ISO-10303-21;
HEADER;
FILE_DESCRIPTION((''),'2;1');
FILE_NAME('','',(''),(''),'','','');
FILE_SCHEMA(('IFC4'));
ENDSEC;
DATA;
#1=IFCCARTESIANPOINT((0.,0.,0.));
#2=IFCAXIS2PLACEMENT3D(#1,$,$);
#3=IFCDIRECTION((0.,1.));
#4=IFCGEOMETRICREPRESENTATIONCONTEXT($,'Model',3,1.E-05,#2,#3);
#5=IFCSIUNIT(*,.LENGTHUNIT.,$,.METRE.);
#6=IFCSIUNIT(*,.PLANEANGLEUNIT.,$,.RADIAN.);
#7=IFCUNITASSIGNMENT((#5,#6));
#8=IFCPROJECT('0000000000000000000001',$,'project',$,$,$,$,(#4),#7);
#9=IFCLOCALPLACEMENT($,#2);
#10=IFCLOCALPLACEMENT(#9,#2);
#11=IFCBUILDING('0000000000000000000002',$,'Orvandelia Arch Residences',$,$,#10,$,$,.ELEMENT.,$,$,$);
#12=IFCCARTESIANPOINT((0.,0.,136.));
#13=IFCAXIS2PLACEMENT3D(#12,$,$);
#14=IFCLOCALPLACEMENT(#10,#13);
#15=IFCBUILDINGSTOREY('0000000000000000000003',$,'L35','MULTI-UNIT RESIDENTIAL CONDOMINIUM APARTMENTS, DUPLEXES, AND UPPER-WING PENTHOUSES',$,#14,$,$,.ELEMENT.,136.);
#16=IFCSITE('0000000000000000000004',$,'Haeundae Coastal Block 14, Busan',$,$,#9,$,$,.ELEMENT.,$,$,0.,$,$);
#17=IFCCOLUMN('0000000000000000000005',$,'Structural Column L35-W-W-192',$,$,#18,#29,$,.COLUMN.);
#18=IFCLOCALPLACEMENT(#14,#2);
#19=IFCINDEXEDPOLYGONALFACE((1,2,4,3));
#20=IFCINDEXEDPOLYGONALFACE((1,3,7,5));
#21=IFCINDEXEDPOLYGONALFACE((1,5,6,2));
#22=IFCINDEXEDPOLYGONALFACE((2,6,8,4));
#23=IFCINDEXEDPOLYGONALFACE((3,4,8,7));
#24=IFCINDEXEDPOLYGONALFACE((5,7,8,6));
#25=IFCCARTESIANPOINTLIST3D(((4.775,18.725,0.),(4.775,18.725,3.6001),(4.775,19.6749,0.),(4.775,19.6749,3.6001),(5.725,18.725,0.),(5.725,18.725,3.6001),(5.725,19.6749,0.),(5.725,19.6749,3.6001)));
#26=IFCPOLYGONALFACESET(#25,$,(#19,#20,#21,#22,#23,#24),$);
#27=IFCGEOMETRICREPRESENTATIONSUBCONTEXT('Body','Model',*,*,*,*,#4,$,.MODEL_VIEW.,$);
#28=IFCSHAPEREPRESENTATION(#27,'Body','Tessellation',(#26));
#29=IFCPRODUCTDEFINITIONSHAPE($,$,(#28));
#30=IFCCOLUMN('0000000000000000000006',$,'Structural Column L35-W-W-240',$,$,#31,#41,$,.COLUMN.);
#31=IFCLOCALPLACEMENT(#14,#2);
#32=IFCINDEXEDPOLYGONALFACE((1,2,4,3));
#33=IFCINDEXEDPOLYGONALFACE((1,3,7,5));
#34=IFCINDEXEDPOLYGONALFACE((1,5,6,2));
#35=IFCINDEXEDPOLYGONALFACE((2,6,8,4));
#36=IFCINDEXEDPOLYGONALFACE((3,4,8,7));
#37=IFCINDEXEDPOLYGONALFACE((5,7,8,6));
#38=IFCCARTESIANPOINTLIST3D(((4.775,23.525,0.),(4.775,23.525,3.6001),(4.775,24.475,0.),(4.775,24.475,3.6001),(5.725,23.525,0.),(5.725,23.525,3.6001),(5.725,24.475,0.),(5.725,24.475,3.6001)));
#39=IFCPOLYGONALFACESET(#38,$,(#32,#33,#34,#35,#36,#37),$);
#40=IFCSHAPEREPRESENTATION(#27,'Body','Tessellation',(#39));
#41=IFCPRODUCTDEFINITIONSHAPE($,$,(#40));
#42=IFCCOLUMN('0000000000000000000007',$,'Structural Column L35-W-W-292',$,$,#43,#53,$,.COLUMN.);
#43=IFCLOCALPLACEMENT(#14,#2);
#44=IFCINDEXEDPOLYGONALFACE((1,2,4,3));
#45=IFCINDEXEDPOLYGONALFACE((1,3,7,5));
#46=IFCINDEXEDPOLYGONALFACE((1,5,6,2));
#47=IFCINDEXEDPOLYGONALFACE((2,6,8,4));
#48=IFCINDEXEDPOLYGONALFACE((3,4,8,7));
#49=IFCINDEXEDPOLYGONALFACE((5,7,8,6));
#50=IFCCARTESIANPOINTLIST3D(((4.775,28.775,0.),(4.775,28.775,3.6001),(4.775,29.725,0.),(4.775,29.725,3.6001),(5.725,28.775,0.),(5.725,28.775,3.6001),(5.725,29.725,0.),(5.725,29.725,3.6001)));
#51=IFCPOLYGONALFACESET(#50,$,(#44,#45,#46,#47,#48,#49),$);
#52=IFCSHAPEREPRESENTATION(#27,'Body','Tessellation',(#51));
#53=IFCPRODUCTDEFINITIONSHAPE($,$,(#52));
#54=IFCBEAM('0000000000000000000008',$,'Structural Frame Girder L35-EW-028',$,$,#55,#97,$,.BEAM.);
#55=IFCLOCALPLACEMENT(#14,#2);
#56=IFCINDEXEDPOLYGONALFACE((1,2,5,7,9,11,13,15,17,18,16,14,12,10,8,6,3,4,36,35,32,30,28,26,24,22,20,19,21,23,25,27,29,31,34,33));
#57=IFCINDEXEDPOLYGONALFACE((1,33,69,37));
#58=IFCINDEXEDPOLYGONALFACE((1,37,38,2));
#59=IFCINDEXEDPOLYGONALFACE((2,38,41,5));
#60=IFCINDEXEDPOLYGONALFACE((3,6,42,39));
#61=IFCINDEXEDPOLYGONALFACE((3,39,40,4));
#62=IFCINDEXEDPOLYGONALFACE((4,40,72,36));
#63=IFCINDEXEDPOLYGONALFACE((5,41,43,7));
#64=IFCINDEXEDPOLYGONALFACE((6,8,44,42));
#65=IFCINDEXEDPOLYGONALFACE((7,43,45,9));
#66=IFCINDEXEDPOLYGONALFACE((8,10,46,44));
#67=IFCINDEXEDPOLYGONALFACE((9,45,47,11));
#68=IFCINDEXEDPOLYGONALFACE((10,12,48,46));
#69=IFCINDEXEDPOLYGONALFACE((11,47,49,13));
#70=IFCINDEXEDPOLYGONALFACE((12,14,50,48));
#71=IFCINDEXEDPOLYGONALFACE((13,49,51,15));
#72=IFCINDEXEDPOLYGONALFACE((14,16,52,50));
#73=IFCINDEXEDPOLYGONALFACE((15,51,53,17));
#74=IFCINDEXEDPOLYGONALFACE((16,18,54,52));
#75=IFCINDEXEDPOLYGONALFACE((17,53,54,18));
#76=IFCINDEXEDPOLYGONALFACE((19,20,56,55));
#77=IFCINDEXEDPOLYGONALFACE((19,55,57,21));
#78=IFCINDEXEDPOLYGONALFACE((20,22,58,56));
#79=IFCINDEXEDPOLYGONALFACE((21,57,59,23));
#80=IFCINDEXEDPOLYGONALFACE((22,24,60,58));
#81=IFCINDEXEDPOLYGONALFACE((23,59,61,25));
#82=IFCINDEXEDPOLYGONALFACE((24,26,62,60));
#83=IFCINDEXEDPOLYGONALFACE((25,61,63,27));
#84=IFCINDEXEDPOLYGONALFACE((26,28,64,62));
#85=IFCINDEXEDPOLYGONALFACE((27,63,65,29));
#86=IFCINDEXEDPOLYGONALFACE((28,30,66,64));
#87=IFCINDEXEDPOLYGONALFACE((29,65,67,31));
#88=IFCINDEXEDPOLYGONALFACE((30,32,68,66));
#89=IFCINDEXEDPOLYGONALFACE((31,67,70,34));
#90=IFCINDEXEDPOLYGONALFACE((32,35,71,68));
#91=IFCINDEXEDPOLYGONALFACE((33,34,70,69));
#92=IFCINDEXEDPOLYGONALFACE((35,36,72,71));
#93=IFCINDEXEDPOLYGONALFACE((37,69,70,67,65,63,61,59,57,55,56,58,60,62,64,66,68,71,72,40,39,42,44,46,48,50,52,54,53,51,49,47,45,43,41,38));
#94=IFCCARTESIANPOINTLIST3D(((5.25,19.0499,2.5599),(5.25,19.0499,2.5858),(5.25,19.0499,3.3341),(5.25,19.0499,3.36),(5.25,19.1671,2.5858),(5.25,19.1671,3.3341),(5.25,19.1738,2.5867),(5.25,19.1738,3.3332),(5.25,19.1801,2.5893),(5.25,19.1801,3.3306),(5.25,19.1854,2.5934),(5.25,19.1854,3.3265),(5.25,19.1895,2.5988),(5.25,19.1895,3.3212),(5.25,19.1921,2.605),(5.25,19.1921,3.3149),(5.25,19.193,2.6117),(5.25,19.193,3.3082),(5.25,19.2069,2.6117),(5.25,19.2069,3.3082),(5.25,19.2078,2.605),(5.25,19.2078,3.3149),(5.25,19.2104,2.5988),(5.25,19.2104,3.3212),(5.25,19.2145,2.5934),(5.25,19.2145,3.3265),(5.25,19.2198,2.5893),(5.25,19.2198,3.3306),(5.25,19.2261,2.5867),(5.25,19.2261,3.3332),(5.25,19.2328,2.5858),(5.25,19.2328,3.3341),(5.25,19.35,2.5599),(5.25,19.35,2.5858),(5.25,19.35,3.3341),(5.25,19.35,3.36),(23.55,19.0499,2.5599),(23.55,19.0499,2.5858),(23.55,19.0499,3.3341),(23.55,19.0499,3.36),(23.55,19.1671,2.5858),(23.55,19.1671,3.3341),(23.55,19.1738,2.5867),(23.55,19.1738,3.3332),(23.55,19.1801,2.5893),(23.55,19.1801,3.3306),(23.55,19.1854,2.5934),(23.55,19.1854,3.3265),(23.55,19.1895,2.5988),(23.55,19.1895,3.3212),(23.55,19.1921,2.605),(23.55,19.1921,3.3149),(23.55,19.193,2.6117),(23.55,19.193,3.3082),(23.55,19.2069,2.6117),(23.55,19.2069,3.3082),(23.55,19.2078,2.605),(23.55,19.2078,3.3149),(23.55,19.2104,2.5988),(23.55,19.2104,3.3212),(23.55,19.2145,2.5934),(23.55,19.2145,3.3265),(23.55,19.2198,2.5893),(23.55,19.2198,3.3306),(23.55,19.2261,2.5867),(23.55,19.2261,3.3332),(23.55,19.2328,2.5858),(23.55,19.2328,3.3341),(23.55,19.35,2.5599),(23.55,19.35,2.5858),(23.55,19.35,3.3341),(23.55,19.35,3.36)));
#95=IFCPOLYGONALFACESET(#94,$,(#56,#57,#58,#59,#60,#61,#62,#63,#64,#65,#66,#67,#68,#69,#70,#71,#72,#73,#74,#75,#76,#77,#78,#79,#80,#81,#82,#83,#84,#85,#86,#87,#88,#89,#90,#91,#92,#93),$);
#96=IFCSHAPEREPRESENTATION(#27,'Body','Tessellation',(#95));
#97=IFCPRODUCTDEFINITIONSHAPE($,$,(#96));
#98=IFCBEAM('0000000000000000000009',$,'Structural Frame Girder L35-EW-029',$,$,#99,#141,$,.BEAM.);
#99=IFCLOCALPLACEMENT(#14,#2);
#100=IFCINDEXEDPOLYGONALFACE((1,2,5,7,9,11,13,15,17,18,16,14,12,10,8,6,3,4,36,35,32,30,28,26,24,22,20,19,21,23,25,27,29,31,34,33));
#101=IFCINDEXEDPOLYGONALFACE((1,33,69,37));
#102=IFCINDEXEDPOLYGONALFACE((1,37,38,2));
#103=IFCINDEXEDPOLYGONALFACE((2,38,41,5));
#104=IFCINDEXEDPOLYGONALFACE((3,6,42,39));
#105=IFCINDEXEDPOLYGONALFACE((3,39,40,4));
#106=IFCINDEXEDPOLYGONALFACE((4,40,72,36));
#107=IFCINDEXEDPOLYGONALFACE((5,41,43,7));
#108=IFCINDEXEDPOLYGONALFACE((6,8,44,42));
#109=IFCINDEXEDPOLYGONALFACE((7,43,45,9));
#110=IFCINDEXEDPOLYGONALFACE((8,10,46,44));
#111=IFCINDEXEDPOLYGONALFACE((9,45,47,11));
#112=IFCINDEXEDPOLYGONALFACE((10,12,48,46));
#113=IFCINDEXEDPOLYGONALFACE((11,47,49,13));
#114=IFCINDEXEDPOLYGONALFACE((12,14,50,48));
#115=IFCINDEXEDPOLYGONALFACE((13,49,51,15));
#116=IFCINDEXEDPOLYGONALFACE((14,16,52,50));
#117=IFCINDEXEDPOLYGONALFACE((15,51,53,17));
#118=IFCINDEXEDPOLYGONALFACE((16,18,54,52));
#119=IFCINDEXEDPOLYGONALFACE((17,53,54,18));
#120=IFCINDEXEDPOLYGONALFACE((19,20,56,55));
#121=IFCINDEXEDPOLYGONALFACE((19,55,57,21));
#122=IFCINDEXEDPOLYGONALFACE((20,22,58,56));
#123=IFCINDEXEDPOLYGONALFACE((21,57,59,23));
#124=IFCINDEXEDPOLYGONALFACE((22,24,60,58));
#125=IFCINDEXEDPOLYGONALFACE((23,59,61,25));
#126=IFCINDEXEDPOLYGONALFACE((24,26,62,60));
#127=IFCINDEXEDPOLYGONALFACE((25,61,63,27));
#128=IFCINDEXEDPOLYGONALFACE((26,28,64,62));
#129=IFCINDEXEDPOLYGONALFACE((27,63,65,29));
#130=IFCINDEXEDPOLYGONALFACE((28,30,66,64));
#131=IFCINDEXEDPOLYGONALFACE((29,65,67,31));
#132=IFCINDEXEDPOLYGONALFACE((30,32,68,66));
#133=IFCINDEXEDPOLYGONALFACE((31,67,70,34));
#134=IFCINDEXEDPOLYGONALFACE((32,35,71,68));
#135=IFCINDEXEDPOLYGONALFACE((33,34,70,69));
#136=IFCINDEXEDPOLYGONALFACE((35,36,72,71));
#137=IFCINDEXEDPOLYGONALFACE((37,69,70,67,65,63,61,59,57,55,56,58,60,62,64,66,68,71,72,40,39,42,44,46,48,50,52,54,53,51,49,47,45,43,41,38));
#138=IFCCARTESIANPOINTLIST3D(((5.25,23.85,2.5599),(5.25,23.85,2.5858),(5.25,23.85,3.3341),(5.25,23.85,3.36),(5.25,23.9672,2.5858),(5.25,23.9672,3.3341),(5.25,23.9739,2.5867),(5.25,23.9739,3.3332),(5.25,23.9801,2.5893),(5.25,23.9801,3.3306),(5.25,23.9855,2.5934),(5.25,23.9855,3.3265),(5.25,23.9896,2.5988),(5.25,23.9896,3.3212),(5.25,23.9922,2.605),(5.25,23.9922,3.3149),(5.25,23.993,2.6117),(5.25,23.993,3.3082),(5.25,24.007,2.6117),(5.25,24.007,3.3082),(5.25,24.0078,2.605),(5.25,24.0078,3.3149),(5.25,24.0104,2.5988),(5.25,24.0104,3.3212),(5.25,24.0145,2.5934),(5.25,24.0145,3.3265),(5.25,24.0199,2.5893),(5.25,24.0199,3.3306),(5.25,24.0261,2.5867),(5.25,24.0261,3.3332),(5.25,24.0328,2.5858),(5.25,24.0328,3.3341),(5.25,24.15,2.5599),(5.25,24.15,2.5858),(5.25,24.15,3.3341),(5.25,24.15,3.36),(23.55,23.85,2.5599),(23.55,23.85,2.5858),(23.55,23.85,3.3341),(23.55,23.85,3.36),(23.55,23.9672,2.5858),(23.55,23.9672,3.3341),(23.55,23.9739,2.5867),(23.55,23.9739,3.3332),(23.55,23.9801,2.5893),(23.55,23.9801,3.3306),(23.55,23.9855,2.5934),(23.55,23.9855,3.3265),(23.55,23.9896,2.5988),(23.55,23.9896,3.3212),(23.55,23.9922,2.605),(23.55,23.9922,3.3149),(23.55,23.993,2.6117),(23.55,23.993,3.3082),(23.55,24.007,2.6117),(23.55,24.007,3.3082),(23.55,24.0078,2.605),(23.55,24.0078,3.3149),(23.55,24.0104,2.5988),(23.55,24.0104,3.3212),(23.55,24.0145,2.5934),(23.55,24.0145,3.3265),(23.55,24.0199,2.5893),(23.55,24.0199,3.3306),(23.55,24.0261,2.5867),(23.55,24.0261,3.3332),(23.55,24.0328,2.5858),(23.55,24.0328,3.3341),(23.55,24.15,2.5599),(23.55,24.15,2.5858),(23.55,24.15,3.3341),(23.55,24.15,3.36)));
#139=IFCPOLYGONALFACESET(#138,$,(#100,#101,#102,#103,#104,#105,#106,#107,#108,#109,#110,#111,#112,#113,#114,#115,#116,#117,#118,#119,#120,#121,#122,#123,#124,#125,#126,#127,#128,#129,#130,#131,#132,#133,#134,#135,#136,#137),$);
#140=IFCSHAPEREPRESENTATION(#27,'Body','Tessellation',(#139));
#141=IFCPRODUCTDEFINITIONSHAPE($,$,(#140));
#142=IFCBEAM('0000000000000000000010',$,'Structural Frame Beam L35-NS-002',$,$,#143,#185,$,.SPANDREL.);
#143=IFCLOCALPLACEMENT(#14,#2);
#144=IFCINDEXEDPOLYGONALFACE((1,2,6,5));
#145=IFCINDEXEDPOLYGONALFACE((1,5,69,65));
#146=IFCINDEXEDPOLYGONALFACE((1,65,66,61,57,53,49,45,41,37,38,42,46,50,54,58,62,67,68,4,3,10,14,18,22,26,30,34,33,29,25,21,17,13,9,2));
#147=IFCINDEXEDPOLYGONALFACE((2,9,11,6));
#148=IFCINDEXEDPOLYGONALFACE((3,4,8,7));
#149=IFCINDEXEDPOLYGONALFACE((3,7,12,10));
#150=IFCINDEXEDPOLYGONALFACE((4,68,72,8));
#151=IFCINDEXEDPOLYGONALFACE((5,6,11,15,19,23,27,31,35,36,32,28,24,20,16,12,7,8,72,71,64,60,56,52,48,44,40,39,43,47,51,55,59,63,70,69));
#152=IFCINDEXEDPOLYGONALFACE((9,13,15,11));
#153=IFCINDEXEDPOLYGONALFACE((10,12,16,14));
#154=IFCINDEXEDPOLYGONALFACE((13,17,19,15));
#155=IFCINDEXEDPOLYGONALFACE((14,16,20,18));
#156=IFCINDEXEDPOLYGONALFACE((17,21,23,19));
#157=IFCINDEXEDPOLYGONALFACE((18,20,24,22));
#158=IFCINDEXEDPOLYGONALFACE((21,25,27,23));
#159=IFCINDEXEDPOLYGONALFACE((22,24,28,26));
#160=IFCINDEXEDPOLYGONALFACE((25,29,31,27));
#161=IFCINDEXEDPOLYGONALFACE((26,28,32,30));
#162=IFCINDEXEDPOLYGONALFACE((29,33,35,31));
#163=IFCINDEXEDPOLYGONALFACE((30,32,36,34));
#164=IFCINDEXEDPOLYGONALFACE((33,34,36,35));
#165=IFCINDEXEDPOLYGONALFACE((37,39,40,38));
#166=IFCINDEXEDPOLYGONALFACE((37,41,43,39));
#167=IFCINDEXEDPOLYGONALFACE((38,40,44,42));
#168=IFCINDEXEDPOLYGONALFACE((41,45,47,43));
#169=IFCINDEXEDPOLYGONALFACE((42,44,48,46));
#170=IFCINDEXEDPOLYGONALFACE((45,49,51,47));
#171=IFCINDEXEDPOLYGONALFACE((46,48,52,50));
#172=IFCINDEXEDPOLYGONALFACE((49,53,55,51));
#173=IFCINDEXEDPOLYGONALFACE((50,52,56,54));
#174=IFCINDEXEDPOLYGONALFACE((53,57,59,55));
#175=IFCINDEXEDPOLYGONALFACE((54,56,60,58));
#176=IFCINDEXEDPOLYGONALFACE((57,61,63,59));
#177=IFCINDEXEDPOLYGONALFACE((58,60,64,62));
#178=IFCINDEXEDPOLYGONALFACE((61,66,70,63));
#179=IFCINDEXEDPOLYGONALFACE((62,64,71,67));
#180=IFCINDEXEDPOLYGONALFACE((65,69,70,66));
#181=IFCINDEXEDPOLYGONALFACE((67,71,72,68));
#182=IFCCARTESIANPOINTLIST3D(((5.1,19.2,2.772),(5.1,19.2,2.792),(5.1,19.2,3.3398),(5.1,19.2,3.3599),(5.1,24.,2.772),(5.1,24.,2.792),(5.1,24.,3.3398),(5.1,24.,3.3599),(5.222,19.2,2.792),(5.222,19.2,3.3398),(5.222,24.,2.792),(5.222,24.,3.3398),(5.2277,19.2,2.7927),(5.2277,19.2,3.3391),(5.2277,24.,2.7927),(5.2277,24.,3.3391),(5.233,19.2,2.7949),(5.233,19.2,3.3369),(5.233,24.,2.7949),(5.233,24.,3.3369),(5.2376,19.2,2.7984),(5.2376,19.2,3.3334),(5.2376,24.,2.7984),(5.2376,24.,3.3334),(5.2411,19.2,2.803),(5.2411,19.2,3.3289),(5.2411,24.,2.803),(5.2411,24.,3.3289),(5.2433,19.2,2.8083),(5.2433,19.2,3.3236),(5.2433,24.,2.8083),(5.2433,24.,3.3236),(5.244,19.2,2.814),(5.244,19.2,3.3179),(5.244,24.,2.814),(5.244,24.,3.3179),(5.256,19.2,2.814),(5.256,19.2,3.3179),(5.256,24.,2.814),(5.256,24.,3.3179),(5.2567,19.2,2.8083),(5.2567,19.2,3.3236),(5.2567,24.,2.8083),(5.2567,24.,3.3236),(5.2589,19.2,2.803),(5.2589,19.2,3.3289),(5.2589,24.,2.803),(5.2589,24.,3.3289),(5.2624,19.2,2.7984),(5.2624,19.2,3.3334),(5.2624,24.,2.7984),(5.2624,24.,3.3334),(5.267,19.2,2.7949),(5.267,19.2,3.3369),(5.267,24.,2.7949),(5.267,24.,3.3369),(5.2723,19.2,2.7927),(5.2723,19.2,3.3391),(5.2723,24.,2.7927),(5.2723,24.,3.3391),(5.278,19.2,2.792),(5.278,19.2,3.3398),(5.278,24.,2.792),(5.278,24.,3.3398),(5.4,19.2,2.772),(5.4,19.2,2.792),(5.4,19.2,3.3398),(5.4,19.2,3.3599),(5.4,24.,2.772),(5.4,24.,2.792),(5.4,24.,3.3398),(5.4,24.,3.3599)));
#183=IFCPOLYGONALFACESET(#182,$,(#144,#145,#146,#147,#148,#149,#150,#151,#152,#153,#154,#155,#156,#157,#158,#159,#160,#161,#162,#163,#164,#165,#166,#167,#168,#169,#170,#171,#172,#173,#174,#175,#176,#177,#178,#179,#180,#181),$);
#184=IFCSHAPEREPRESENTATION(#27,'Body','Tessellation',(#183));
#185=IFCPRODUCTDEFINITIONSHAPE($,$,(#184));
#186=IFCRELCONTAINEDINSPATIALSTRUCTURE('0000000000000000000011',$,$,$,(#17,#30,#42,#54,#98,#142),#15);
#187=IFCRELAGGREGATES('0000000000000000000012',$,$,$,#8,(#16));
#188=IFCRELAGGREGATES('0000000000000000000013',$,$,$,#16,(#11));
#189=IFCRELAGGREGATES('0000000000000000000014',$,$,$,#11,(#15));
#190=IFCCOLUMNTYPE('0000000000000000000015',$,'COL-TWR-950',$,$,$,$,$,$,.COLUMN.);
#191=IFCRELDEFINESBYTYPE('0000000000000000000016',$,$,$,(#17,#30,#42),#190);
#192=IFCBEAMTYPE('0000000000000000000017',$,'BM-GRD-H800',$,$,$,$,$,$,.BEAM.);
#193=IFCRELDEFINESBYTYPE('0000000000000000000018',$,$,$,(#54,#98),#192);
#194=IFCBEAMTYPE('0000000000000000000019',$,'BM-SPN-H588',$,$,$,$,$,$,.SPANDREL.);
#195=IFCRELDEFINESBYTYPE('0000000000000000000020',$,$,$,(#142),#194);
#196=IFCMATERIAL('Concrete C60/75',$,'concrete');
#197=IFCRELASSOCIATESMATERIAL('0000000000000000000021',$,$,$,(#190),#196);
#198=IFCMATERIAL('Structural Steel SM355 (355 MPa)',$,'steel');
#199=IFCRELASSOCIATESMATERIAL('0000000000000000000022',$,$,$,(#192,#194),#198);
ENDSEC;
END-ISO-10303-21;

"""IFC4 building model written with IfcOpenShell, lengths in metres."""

from ifc_helpers import new_model, si_unit, direction, frame, origin, origin_2d, place, context, subcontext, project, spatial, rectangle, i_section, extrude, material, material_profile, profile_set, type_object, element, save


model = new_model("IFC4")

# Units and contexts
model_context = context("Model", 3, precision=1e-05, world=origin(), true_north=direction((0.0, 1.0)))
body_context = subcontext(model_context, "Body", "Model", "MODEL_VIEW")
ifc_project = project(units=[si_unit("LENGTHUNIT", "METRE"), si_unit("PLANEANGLEUNIT", "RADIAN")], contexts=[model_context])

# Site, building, storey
site_placement = place(None, origin())
site = spatial("IfcSite", under=ifc_project, at=site_placement, Name="Haeundae Coastal Block 14, Busan", CompositionType="ELEMENT", RefElevation=0.0)
building_placement = place(site_placement, origin())
building = spatial("IfcBuilding", under=site, at=building_placement, Name="Orvandelia Arch Residences", CompositionType="ELEMENT")
storey_placement = place(building_placement, frame((0.0, 0.0, 136.0)))
storey = spatial("IfcBuildingStorey", under=building, at=storey_placement, Name="L35", Description="MULTI-UNIT RESIDENTIAL CONDOMINIUM APARTMENTS, DUPLEXES, AND UPPER-WING PENTHOUSES", CompositionType="ELEMENT", Elevation=136.0)

# Columns
ifc_material_1 = material(Name="Concrete C60/75", Category="concrete")
ifc_material_profile_1 = material_profile(ifc_material_1, rectangle(XDim=0.95, YDim=0.95, at=origin_2d()), Name="Concrete C60/75", Category="concrete")
ifc_profile_set_1 = profile_set([ifc_material_profile_1], Name="Concrete C60/75")
column_type = type_object("IfcColumnType", Name="COL-TWR-950", PredefinedType="COLUMN", material=ifc_profile_set_1)
for number, where, z_axis, x_axis, name in (
    (1, (5.25, 19.2, 0.0), (0.0, 0.0, 1.0), (1.0, 0.0, 0.0), "Structural Column L35-W-W-192"),
    (2, (5.25, 24.0, 0.0), (0.0, 0.0, 1.0), (1.0, 0.0, 0.0), "Structural Column L35-W-W-240"),
    (3, (5.25, 29.25, 0.0), (0.0, 0.0, 1.0), (1.0, 0.0, 0.0), "Structural Column L35-W-W-292"),
):
    element("IfcColumn", number, at=place(storey_placement, frame(where, z_axis=z_axis, x_axis=x_axis)), inside=storey, type_object=column_type, Name=name, PredefinedType="COLUMN", context=body_context, shape_type="SweptSolid", body=[
        extrude(rectangle(XDim=0.95, YDim=0.95, at=origin_2d()), origin(), (0.0, 0.0, 1.0), 3.6001),
    ])

# Beams
ifc_material_2 = material(Name="Structural Steel SM355 (355 MPa)", Category="steel")
ifc_material_profile_2 = material_profile(ifc_material_2, i_section(OverallWidth=0.3, OverallDepth=0.8, WebThickness=0.0139, FlangeThickness=0.0259, FilletRadius=0.0259, at=origin_2d()), Name="Structural Steel SM355 (355 MPa)", Category="steel")
ifc_profile_set_2 = profile_set([ifc_material_profile_2], Name="Structural Steel SM355 (355 MPa)")
beam_type_1 = type_object("IfcBeamType", Name="BM-GRD-H800", PredefinedType="BEAM", material=ifc_profile_set_2)
for number, where, z_axis, x_axis, name in (
    (4, (5.25, 19.2, 2.96), (1.0, 0.0, 0.0), (0.0, 1.0, 0.0), "Structural Frame Girder L35-EW-028"),
    (5, (5.25, 24.0, 2.96), (1.0, 0.0, 0.0), (0.0, 1.0, 0.0), "Structural Frame Girder L35-EW-029"),
):
    element("IfcBeam", number, at=place(storey_placement, frame(where, z_axis=z_axis, x_axis=x_axis)), inside=storey, type_object=beam_type_1, Name=name, PredefinedType="BEAM", context=body_context, shape_type="SweptSolid", body=[
        extrude(i_section(OverallWidth=0.3, OverallDepth=0.8, WebThickness=0.0139, FlangeThickness=0.0259, FilletRadius=0.0259, at=origin_2d()), origin(), (0.0, 0.0, 1.0), 18.3),
    ])
ifc_material_profile_3 = material_profile(ifc_material_2, i_section(OverallWidth=0.3, OverallDepth=0.5879, WebThickness=0.012, FlangeThickness=0.02, FilletRadius=0.022, at=origin_2d()), Name="Structural Steel SM355 (355 MPa)", Category="steel")
ifc_profile_set_3 = profile_set([ifc_material_profile_3], Name="Structural Steel SM355 (355 MPa)")
beam_type_2 = type_object("IfcBeamType", Name="BM-SPN-H588", PredefinedType="SPANDREL", material=ifc_profile_set_3)
beam_1_placement = place(storey_placement, frame((5.25, 19.2, 3.0659), z_axis=(0.0, 1.0, 0.0), x_axis=(-1.0, 0.0, 0.0)))
element("IfcBeam", 6, at=beam_1_placement, inside=storey, type_object=beam_type_2, Name="Structural Frame Beam L35-NS-002", PredefinedType="SPANDREL", context=body_context, shape_type="SweptSolid", body=[
    extrude(i_section(OverallWidth=0.3, OverallDepth=0.5879, WebThickness=0.012, FlangeThickness=0.02, FilletRadius=0.022, at=origin_2d()), origin(), (0.0, 0.0, 1.0), 4.8),
])

save(model, "model.ifc")
